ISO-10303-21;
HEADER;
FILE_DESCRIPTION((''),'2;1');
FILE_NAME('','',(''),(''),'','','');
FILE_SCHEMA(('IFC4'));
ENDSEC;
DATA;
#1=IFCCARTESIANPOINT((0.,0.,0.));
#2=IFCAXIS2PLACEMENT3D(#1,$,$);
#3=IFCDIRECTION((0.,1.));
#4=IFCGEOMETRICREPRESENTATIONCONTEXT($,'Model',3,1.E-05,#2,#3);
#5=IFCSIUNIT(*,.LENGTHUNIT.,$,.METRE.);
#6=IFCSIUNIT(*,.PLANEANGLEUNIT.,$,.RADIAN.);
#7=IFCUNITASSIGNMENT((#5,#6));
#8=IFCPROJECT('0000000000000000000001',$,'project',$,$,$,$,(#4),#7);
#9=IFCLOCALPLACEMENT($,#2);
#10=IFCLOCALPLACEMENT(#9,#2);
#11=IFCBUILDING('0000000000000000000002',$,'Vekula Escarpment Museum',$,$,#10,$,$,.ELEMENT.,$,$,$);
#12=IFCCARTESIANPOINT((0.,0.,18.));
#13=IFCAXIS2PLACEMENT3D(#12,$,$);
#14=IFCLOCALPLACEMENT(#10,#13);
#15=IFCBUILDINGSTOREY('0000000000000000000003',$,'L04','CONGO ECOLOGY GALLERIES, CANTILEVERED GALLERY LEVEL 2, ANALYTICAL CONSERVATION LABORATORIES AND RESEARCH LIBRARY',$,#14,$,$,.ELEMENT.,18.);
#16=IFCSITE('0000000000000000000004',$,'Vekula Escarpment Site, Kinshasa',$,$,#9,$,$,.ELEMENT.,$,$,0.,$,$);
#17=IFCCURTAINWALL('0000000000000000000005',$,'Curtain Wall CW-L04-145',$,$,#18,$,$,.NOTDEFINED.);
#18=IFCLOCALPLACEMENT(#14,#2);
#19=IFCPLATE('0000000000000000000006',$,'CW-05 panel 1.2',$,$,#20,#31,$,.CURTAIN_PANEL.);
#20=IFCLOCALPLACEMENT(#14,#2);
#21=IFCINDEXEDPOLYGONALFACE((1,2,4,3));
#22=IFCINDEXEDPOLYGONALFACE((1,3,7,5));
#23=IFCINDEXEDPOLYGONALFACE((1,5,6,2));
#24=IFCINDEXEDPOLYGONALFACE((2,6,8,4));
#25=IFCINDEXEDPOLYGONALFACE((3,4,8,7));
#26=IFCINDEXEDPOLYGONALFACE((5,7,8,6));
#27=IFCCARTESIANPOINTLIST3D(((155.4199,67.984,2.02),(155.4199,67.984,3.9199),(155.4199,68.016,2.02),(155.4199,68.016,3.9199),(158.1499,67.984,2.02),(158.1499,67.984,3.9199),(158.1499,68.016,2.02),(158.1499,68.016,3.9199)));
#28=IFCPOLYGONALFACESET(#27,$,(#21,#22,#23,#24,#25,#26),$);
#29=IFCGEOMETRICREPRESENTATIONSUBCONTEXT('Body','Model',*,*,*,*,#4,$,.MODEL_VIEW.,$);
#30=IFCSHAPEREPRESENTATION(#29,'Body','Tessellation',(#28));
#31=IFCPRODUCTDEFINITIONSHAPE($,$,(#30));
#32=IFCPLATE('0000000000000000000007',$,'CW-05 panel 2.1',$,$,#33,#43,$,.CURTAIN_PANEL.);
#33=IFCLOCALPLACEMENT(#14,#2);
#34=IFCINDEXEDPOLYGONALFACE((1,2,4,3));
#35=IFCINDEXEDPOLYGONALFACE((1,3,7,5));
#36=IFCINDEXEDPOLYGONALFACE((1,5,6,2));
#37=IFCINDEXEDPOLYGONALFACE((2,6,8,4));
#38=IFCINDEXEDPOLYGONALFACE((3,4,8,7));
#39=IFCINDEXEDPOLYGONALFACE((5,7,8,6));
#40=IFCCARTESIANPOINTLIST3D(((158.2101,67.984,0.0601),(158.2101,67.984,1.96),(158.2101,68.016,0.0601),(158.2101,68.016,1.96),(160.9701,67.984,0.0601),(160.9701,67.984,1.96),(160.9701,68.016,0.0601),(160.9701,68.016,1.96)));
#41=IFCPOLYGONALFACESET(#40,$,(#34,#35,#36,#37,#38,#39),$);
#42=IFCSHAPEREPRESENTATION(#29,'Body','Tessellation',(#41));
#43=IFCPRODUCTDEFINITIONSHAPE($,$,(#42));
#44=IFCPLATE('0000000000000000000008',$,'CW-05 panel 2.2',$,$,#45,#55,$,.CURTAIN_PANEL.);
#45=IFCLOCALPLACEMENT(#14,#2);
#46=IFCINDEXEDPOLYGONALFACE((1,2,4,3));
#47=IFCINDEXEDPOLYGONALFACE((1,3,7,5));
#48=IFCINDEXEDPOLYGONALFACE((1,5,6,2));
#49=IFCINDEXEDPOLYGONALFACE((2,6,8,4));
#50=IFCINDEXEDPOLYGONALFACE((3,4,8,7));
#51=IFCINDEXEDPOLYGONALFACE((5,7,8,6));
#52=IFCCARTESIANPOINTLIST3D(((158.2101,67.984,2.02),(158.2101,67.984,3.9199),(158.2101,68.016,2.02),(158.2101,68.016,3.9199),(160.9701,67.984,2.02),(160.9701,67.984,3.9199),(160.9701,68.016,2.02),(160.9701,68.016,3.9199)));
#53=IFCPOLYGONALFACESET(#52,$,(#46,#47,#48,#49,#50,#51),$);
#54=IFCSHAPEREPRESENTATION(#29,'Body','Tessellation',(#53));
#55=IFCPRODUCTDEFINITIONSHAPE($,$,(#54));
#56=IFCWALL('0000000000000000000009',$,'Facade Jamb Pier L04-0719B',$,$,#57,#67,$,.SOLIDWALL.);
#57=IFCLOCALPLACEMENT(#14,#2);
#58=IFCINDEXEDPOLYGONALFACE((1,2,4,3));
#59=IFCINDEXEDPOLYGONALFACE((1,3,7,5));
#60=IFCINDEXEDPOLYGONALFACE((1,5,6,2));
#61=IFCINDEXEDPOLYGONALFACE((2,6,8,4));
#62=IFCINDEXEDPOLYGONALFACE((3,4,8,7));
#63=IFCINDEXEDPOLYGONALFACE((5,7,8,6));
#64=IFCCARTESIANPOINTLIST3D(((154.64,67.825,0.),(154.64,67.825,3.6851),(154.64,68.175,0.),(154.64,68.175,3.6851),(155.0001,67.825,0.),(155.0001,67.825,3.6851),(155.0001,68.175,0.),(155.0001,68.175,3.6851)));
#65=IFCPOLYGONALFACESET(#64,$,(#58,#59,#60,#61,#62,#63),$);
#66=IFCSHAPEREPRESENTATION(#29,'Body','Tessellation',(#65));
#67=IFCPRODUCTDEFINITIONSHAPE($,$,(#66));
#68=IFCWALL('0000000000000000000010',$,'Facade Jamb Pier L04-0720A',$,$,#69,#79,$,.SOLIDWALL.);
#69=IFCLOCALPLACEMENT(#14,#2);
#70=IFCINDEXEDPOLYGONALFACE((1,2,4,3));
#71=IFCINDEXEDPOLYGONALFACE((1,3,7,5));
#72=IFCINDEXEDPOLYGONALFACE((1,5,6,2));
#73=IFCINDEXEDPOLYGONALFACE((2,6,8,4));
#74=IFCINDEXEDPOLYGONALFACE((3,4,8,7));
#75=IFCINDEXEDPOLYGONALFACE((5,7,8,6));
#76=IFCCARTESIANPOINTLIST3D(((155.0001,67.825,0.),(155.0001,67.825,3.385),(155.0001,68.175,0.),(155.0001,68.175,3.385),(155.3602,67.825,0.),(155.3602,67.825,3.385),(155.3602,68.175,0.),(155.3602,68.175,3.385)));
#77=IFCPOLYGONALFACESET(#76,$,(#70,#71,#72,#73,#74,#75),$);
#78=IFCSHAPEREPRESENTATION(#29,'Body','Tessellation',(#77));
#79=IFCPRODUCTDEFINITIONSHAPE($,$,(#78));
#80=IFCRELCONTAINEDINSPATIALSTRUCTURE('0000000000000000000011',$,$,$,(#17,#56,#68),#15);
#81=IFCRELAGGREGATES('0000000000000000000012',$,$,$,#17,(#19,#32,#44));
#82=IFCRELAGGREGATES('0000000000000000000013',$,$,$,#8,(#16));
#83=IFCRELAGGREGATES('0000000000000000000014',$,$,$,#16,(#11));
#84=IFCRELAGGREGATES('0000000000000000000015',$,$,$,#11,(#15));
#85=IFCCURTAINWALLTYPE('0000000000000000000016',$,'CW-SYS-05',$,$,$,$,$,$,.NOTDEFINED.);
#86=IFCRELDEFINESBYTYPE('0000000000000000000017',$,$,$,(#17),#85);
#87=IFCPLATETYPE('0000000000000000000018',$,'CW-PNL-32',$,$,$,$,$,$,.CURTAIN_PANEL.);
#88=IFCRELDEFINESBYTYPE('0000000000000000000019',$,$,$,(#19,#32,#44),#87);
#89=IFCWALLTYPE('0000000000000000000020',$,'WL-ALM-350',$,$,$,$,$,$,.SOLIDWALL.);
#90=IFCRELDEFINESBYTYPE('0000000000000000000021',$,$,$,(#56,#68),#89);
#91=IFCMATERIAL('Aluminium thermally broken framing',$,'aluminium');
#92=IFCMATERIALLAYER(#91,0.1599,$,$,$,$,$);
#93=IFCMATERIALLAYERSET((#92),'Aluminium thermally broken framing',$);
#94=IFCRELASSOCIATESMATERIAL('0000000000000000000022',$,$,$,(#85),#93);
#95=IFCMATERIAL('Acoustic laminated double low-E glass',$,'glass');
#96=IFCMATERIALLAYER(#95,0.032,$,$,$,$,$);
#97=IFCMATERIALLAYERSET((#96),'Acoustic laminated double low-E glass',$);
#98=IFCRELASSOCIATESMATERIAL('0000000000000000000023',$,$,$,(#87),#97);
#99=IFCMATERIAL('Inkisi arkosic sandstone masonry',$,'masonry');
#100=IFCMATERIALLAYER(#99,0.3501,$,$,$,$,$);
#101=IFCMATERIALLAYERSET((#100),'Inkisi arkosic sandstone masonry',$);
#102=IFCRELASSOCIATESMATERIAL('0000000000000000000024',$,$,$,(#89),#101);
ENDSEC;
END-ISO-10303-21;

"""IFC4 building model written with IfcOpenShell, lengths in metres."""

from ifc_helpers import new_model, si_unit, direction, frame, frame_2d, origin, origin_2d, place, context, subcontext, project, spatial, rectangle, extrude, material, layer, layer_set, type_object, element, aggregate, save


model = new_model("IFC4")

# Units and contexts
model_context = context("Model", 3, precision=1e-05, world=origin(), true_north=direction((0.0, 1.0)))
body_context = subcontext(model_context, "Body", "Model", "MODEL_VIEW")
ifc_project = project(units=[si_unit("LENGTHUNIT", "METRE"), si_unit("PLANEANGLEUNIT", "RADIAN")], contexts=[model_context])

# Site, building, storey
site_placement = place(None, origin())
site = spatial("IfcSite", under=ifc_project, at=site_placement, Name="Vekula Escarpment Site, Kinshasa", CompositionType="ELEMENT", RefElevation=0.0)
building_placement = place(site_placement, origin())
building = spatial("IfcBuilding", under=site, at=building_placement, Name="Vekula Escarpment Museum", CompositionType="ELEMENT")
storey_placement = place(building_placement, frame((0.0, 0.0, 18.0)))
storey = spatial("IfcBuildingStorey", under=building, at=storey_placement, Name="L04", Description="CONGO ECOLOGY GALLERIES, CANTILEVERED GALLERY LEVEL 2, ANALYTICAL CONSERVATION LABORATORIES AND RESEARCH LIBRARY", CompositionType="ELEMENT", Elevation=18.0)

# Curtain wall
ifc_material_1 = material(Name="Aluminium thermally broken framing", Category="aluminium")
ifc_layer_1 = layer(ifc_material_1, 0.1599)
ifc_layer_set_1 = layer_set([ifc_layer_1], Name="Aluminium thermally broken framing")
curtain_wall_type_1 = type_object("IfcCurtainWallType", Name="CW-SYS-05", PredefinedType="NOTDEFINED", material=ifc_layer_set_1)
curtain_wall_1_placement = place(storey_placement, origin())
curtain_wall_1 = element("IfcCurtainWall", 1, at=curtain_wall_1_placement, inside=storey, type_object=curtain_wall_type_1, Name="Curtain Wall CW-L04-145", PredefinedType="NOTDEFINED")

# Plates
ifc_material_2 = material(Name="Acoustic laminated double low-E glass", Category="glass")
ifc_layer_2 = layer(ifc_material_2, 0.032)
ifc_layer_set_2 = layer_set([ifc_layer_2], Name="Acoustic laminated double low-E glass")
plate_type_1 = type_object("IfcPlateType", Name="CW-PNL-32", PredefinedType="CURTAIN_PANEL", material=ifc_layer_set_2)
plate_1_placement = place(storey_placement, frame((156.7849, 68.0, 2.02), z_axis=(0.0, 0.0, 1.0), x_axis=(1.0, 0.0, 0.0)))
plate_1 = element("IfcPlate", 2, at=plate_1_placement, type_object=plate_type_1, Name="CW-05 panel 1.2", PredefinedType="CURTAIN_PANEL", context=body_context, shape_type="SweptSolid", body=[
    extrude(rectangle(XDim=2.73, YDim=0.032, at=origin_2d()), origin(), (0.0, 0.0, 1.0), 1.8999),
])
plate_2_placement = place(storey_placement, frame((159.5901, 68.0, 0.0601), z_axis=(0.0, 0.0, 1.0), x_axis=(1.0, 0.0, 0.0)))
plate_2 = element("IfcPlate", 3, at=plate_2_placement, type_object=plate_type_1, Name="CW-05 panel 2.1", PredefinedType="CURTAIN_PANEL", context=body_context, shape_type="SweptSolid", body=[
    extrude(rectangle(XDim=2.76, YDim=0.032, at=origin_2d()), origin(), (0.0, 0.0, 1.0), 1.8999),
])
plate_3_placement = place(storey_placement, frame((159.5901, 68.0, 2.02), z_axis=(0.0, 0.0, 1.0), x_axis=(1.0, 0.0, 0.0)))
plate_3 = element("IfcPlate", 4, at=plate_3_placement, type_object=plate_type_1, Name="CW-05 panel 2.2", PredefinedType="CURTAIN_PANEL", context=body_context, shape_type="SweptSolid", body=[
    extrude(rectangle(XDim=2.76, YDim=0.032, at=origin_2d()), origin(), (0.0, 0.0, 1.0), 1.8999),
])
aggregate(curtain_wall_1, [plate_1, plate_2, plate_3])

# Walls
ifc_material_3 = material(Name="Inkisi arkosic sandstone masonry", Category="masonry")
ifc_layer_3 = layer(ifc_material_3, 0.3501)
ifc_layer_set_3 = layer_set([ifc_layer_3], Name="Inkisi arkosic sandstone masonry")
wall_type = type_object("IfcWallType", Name="WL-ALM-350", PredefinedType="SOLIDWALL", material=ifc_layer_set_3)
wall_1_placement = place(storey_placement, frame((154.6399, 68.0, 0.0), z_axis=(0.0, 0.0, 1.0), x_axis=(1.0, 0.0, 0.0)))
element("IfcWall", 5, at=wall_1_placement, inside=storey, type_object=wall_type, Name="Facade Jamb Pier L04-0719B", PredefinedType="SOLIDWALL", context=body_context, shape_type="SweptSolid", body=[
    extrude(rectangle(XDim=0.3601, YDim=0.3501, at=frame_2d((0.1802, 0.0))), origin(), (0.0, 0.0, 1.0), 3.6851),
])
wall_2_placement = place(storey_placement, frame((155.0, 68.0, 0.0), z_axis=(0.0, 0.0, 1.0), x_axis=(1.0, 0.0, 0.0)))
element("IfcWall", 6, at=wall_2_placement, inside=storey, type_object=wall_type, Name="Facade Jamb Pier L04-0720A", PredefinedType="SOLIDWALL", context=body_context, shape_type="SweptSolid", body=[
    extrude(rectangle(XDim=0.3601, YDim=0.3501, at=frame_2d((0.1802, 0.0))), origin(), (0.0, 0.0, 1.0), 3.385),
])

save(model, "model.ifc")
